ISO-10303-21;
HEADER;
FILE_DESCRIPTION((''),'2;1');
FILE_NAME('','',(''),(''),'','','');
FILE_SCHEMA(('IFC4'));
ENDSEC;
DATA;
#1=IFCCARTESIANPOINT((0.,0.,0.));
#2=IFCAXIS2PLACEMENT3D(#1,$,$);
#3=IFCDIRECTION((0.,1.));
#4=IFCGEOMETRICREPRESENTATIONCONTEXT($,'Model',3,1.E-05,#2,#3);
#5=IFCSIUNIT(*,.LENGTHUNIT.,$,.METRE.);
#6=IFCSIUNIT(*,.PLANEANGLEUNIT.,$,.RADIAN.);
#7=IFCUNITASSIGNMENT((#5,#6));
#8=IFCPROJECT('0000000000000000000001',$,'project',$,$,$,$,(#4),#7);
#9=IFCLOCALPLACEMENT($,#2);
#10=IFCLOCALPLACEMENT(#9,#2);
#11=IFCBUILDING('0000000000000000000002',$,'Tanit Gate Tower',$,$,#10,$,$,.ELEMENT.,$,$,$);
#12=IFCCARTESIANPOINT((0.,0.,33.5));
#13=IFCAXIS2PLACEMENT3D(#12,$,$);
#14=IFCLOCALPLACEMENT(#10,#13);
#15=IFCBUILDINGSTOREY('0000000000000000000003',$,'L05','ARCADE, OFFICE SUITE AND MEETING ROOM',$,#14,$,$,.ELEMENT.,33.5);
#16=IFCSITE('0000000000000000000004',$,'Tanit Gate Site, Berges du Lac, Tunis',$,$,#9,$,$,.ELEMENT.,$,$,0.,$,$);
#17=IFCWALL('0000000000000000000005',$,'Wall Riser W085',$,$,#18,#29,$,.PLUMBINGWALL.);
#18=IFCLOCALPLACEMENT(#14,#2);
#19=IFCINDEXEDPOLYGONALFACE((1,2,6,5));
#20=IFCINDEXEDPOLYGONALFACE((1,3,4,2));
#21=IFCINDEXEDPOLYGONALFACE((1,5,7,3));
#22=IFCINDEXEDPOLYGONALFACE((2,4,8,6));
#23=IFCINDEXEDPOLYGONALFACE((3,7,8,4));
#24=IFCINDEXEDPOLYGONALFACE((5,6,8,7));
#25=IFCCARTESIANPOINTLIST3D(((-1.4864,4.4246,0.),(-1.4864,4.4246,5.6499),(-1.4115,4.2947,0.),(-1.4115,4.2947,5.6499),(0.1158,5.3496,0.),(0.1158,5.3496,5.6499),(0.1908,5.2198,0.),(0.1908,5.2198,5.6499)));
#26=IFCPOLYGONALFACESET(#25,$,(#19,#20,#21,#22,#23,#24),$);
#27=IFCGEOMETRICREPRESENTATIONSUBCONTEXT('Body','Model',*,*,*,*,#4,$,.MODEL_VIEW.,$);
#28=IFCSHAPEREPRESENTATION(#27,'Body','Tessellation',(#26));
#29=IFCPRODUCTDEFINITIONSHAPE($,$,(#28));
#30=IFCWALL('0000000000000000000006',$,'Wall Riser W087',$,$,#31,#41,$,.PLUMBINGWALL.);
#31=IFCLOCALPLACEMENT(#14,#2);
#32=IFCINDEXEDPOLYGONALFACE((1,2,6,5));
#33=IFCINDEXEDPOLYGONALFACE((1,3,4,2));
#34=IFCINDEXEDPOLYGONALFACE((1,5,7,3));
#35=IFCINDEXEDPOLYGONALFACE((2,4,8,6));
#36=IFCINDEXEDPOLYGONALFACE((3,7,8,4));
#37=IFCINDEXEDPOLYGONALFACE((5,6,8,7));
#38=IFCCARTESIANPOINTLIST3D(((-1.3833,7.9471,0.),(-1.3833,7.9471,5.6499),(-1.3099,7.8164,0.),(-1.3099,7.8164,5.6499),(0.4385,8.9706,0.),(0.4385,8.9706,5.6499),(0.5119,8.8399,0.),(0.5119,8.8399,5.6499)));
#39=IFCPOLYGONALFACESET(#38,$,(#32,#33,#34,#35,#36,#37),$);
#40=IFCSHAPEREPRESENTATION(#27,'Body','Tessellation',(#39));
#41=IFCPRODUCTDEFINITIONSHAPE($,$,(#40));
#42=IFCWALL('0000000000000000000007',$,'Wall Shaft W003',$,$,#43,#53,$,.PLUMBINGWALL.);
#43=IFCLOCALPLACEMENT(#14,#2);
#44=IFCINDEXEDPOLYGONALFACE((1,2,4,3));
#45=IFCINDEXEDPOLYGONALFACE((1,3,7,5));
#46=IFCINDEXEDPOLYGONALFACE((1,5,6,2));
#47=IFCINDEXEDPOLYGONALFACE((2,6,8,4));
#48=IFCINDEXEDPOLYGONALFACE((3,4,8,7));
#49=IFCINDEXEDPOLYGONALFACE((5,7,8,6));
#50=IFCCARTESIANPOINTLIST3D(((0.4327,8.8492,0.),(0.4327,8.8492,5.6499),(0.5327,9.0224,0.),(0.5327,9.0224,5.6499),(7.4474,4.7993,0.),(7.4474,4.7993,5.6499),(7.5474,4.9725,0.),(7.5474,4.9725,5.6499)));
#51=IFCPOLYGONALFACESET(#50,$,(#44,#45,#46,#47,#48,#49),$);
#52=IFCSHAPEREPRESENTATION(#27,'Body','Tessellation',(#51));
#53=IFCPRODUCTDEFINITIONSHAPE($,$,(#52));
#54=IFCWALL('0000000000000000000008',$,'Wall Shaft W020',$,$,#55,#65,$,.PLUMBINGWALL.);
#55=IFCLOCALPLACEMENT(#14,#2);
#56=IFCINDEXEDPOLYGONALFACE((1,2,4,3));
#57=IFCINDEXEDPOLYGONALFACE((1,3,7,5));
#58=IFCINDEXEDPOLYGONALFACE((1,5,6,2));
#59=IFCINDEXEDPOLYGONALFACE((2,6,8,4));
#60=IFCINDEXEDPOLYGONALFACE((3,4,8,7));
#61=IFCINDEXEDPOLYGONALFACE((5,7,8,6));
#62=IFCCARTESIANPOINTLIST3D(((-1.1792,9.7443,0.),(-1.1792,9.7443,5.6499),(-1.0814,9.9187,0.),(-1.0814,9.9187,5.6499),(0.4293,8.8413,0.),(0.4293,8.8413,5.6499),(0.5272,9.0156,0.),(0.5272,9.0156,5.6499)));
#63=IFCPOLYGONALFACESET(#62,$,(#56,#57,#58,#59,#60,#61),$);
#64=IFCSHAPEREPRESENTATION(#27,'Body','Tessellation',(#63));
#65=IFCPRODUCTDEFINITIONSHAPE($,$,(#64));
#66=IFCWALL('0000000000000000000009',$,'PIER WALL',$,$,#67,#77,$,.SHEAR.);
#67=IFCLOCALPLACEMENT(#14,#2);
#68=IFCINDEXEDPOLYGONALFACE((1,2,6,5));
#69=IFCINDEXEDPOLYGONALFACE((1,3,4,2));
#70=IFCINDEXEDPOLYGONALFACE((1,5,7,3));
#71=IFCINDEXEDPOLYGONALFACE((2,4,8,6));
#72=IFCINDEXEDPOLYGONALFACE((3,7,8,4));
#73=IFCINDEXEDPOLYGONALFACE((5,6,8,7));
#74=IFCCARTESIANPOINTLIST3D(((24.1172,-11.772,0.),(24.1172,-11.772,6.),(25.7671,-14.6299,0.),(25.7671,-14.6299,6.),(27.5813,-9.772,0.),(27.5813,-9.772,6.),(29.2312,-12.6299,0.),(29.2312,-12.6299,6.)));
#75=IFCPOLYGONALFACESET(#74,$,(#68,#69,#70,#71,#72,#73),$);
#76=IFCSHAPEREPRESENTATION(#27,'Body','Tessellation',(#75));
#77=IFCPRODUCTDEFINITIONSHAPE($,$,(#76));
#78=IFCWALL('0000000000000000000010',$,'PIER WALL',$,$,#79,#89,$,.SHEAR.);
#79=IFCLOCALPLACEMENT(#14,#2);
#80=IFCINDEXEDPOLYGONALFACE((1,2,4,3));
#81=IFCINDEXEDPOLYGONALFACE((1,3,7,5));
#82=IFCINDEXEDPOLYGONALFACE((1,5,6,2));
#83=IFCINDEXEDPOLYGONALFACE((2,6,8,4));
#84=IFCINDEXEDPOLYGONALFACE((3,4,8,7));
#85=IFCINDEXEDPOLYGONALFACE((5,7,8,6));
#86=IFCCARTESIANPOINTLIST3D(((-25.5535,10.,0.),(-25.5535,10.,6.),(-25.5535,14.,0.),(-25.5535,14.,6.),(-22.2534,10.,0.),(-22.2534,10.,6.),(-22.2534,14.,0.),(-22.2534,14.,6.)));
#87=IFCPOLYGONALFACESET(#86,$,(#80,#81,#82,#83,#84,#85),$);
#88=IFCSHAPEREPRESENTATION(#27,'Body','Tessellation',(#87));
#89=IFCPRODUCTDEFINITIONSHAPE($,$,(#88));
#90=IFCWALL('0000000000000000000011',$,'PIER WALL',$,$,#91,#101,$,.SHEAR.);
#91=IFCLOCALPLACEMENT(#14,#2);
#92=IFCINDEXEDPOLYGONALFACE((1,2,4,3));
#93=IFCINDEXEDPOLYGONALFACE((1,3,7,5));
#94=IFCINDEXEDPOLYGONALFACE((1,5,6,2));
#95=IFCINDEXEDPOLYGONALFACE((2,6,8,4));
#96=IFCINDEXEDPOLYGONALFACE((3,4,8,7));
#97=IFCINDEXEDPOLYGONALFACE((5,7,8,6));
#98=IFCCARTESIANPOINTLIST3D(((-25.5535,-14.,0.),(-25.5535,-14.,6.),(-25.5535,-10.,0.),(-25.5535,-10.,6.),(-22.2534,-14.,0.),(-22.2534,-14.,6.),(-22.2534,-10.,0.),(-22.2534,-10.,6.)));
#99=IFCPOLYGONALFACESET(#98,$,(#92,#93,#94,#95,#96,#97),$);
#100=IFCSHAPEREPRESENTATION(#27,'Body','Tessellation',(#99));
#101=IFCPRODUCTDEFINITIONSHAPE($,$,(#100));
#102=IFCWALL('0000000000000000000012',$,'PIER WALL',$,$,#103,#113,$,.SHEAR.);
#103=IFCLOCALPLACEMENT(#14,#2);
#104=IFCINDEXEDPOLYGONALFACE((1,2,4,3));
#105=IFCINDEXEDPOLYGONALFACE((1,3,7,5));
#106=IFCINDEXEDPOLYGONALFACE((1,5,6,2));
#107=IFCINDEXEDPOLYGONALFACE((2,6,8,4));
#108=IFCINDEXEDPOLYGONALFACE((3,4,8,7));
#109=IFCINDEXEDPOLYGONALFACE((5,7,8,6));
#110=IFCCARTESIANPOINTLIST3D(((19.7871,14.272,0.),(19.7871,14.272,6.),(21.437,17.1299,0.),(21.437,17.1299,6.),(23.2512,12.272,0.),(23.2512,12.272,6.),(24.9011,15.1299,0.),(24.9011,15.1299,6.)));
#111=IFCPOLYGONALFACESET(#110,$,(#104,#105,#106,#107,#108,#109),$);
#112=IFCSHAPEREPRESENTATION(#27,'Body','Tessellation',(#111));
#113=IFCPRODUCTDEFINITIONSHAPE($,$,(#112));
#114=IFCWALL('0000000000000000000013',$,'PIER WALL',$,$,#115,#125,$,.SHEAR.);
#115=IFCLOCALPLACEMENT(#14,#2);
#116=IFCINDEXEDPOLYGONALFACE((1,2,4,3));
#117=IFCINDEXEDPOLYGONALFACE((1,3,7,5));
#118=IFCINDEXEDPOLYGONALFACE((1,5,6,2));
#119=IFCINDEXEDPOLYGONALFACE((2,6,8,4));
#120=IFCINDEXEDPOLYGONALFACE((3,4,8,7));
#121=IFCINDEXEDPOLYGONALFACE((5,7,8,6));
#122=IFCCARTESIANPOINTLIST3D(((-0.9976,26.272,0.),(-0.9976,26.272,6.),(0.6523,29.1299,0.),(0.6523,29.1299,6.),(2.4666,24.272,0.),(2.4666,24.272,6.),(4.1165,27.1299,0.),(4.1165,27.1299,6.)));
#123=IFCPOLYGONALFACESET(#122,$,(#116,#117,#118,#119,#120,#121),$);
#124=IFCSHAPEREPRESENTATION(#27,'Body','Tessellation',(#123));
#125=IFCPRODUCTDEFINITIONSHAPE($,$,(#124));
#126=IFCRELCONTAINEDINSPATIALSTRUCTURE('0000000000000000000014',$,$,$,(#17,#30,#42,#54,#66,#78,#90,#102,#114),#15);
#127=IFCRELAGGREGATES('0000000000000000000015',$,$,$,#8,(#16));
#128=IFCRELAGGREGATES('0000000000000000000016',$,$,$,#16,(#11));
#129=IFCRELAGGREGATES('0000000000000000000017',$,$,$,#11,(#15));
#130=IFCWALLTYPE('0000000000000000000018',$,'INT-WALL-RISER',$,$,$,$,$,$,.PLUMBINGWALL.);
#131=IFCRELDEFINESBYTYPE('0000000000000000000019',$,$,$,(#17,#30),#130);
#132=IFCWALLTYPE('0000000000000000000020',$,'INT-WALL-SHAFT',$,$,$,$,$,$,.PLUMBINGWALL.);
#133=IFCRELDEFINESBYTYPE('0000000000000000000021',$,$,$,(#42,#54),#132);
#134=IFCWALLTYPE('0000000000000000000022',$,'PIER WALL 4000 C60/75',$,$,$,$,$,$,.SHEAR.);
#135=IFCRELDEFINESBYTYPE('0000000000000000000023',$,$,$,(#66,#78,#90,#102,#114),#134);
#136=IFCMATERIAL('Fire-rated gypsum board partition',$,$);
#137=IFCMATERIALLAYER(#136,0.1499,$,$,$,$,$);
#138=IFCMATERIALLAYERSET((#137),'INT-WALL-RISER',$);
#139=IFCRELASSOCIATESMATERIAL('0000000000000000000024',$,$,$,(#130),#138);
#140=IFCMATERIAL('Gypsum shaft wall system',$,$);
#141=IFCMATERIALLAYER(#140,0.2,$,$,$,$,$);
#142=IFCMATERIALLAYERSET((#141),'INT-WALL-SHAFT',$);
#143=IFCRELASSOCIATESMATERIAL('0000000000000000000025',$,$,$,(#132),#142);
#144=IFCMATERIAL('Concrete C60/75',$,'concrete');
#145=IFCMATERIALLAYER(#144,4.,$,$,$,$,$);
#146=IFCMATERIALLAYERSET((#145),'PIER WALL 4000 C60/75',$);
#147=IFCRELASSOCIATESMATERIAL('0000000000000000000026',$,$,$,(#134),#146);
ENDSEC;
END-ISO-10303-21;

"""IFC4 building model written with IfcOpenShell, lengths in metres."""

from ifc_helpers import new_model, si_unit, direction, frame, frame_2d, origin, place, context, subcontext, project, spatial, polyline, rectangle, outline, extrude, material, layer, layer_set, type_object, element, save


model = new_model("IFC4")

# Units and contexts
model_context = context("Model", 3, precision=1e-05, world=origin(), true_north=direction((0.0, 1.0)))
body_context = subcontext(model_context, "Body", "Model", "MODEL_VIEW")
ifc_project = project(units=[si_unit("LENGTHUNIT", "METRE"), si_unit("PLANEANGLEUNIT", "RADIAN")], contexts=[model_context])

# Site, building, storey
site_placement = place(None, origin())
site = spatial("IfcSite", under=ifc_project, at=site_placement, Name="Tanit Gate Site, Berges du Lac, Tunis", CompositionType="ELEMENT", RefElevation=0.0)
building_placement = place(site_placement, origin())
building = spatial("IfcBuilding", under=site, at=building_placement, Name="Tanit Gate Tower", CompositionType="ELEMENT")
storey_placement = place(building_placement, frame((0.0, 0.0, 33.5)))
storey = spatial("IfcBuildingStorey", under=building, at=storey_placement, Name="L05", Description="ARCADE, OFFICE SUITE AND MEETING ROOM", CompositionType="ELEMENT", Elevation=33.5)

# Walls
ifc_material_1 = material(Name="Fire-rated gypsum board partition")
ifc_layer_1 = layer(ifc_material_1, 0.1499)
ifc_layer_set_1 = layer_set([ifc_layer_1], Name="INT-WALL-RISER")
wall_type_1 = type_object("IfcWallType", Name="INT-WALL-RISER", PredefinedType="PLUMBINGWALL", material=ifc_layer_set_1)
wall_1_placement = place(storey_placement, frame((0.1533, 5.2847, 0.0), z_axis=(0.0, 0.0, 1.0), x_axis=(-0.866034, -0.499985, 0.0)))
element("IfcWall", 1, at=wall_1_placement, inside=storey, type_object=wall_type_1, Name="Wall Riser W085", PredefinedType="PLUMBINGWALL", context=body_context, shape_type="SweptSolid", body=[
    extrude(rectangle(XDim=1.8501, YDim=0.1499, at=frame_2d((0.925, 0.0))), origin(), (0.0, 0.0, 1.0), 5.6499),
])
wall_2_placement = place(storey_placement, frame((0.4753, 8.9053, 0.0), z_axis=(0.0, 0.0, 1.0), x_axis=(-0.871844, -0.489784, 0.0)))
element("IfcWall", 2, at=wall_2_placement, inside=storey, type_object=wall_type_1, Name="Wall Riser W087", PredefinedType="PLUMBINGWALL", context=body_context, shape_type="SweptSolid", body=[
    extrude(rectangle(XDim=2.0896, YDim=0.1499, at=frame_2d((1.0449, 0.0))), origin(), (0.0, 0.0, 1.0), 5.6499),
])
ifc_material_2 = material(Name="Gypsum shaft wall system")
ifc_layer_2 = layer(ifc_material_2, 0.2)
ifc_layer_set_2 = layer_set([ifc_layer_2], Name="INT-WALL-SHAFT")
wall_type_2 = type_object("IfcWallType", Name="INT-WALL-SHAFT", PredefinedType="PLUMBINGWALL", material=ifc_layer_set_2)
wall_3_placement = place(storey_placement, frame((7.4973, 4.886, 0.0), z_axis=(0.0, 0.0, 1.0), x_axis=(-0.866031, 0.49999, 0.0)))
element("IfcWall", 3, at=wall_3_placement, inside=storey, type_object=wall_type_2, Name="Wall Shaft W003", PredefinedType="PLUMBINGWALL", context=body_context, shape_type="SweptSolid", body=[
    extrude(rectangle(XDim=8.0999, YDim=0.2, at=frame_2d((4.0498, 0.0))), origin(), (0.0, 0.0, 1.0), 5.6499),
])
wall_4_placement = place(storey_placement, frame((0.4783, 8.9285, 0.0), z_axis=(0.0, 0.0, 1.0), x_axis=(-0.871989, 0.489526, 0.0)))
element("IfcWall", 4, at=wall_4_placement, inside=storey, type_object=wall_type_2, Name="Wall Shaft W020", PredefinedType="PLUMBINGWALL", context=body_context, shape_type="SweptSolid", body=[
    extrude(rectangle(XDim=1.8447, YDim=0.2, at=frame_2d((0.9224, 0.0))), origin(), (0.0, 0.0, 1.0), 5.6499),
])
ifc_material_3 = material(Name="Concrete C60/75", Category="concrete")
ifc_layer_3 = layer(ifc_material_3, 4.0)
ifc_layer_set_3 = layer_set([ifc_layer_3], Name="PIER WALL 4000 C60/75")
wall_type_3 = type_object("IfcWallType", Name="PIER WALL 4000 C60/75", PredefinedType="SHEAR", material=ifc_layer_set_3)
wall_5_placement = place(storey_placement, origin())
element("IfcWall", 5, at=wall_5_placement, inside=storey, type_object=wall_type_3, Name="PIER WALL", PredefinedType="SHEAR", context=body_context, shape_type="SweptSolid", body=[
    extrude(outline(polyline([(25.7671, -14.6299), (29.2312, -12.6299), (27.5813, -9.772), (24.1172, -11.772), (25.7671, -14.6299)])), origin(), (0.0, 0.0, 1.0), 6.0),
])
wall_6_placement = place(storey_placement, origin())
element("IfcWall", 6, at=wall_6_placement, inside=storey, type_object=wall_type_3, Name="PIER WALL", PredefinedType="SHEAR", context=body_context, shape_type="SweptSolid", body=[
    extrude(outline(polyline([(-25.5535, 14.0), (-25.5535, 10.0), (-22.2534, 10.0), (-22.2534, 14.0), (-25.5535, 14.0)])), origin(), (0.0, 0.0, 1.0), 6.0),
])
wall_7_placement = place(storey_placement, origin())
element("IfcWall", 7, at=wall_7_placement, inside=storey, type_object=wall_type_3, Name="PIER WALL", PredefinedType="SHEAR", context=body_context, shape_type="SweptSolid", body=[
    extrude(outline(polyline([(-25.5535, -10.0), (-25.5535, -14.0), (-22.2534, -14.0), (-22.2534, -10.0), (-25.5535, -10.0)])), origin(), (0.0, 0.0, 1.0), 6.0),
])
wall_8_placement = place(storey_placement, origin())
element("IfcWall", 8, at=wall_8_placement, inside=storey, type_object=wall_type_3, Name="PIER WALL", PredefinedType="SHEAR", context=body_context, shape_type="SweptSolid", body=[
    extrude(outline(polyline([(24.9011, 15.1299), (21.437, 17.1299), (19.7871, 14.272), (23.2512, 12.272), (24.9011, 15.1299)])), origin(), (0.0, 0.0, 1.0), 6.0),
])
wall_9_placement = place(storey_placement, origin())
element("IfcWall", 9, at=wall_9_placement, inside=storey, type_object=wall_type_3, Name="PIER WALL", PredefinedType="SHEAR", context=body_context, shape_type="SweptSolid", body=[
    extrude(outline(polyline([(4.1165, 27.1299), (0.6523, 29.1299), (-0.9976, 26.272), (2.4666, 24.272), (4.1165, 27.1299)])), origin(), (0.0, 0.0, 1.0), 6.0),
])

save(model, "model.ifc")
